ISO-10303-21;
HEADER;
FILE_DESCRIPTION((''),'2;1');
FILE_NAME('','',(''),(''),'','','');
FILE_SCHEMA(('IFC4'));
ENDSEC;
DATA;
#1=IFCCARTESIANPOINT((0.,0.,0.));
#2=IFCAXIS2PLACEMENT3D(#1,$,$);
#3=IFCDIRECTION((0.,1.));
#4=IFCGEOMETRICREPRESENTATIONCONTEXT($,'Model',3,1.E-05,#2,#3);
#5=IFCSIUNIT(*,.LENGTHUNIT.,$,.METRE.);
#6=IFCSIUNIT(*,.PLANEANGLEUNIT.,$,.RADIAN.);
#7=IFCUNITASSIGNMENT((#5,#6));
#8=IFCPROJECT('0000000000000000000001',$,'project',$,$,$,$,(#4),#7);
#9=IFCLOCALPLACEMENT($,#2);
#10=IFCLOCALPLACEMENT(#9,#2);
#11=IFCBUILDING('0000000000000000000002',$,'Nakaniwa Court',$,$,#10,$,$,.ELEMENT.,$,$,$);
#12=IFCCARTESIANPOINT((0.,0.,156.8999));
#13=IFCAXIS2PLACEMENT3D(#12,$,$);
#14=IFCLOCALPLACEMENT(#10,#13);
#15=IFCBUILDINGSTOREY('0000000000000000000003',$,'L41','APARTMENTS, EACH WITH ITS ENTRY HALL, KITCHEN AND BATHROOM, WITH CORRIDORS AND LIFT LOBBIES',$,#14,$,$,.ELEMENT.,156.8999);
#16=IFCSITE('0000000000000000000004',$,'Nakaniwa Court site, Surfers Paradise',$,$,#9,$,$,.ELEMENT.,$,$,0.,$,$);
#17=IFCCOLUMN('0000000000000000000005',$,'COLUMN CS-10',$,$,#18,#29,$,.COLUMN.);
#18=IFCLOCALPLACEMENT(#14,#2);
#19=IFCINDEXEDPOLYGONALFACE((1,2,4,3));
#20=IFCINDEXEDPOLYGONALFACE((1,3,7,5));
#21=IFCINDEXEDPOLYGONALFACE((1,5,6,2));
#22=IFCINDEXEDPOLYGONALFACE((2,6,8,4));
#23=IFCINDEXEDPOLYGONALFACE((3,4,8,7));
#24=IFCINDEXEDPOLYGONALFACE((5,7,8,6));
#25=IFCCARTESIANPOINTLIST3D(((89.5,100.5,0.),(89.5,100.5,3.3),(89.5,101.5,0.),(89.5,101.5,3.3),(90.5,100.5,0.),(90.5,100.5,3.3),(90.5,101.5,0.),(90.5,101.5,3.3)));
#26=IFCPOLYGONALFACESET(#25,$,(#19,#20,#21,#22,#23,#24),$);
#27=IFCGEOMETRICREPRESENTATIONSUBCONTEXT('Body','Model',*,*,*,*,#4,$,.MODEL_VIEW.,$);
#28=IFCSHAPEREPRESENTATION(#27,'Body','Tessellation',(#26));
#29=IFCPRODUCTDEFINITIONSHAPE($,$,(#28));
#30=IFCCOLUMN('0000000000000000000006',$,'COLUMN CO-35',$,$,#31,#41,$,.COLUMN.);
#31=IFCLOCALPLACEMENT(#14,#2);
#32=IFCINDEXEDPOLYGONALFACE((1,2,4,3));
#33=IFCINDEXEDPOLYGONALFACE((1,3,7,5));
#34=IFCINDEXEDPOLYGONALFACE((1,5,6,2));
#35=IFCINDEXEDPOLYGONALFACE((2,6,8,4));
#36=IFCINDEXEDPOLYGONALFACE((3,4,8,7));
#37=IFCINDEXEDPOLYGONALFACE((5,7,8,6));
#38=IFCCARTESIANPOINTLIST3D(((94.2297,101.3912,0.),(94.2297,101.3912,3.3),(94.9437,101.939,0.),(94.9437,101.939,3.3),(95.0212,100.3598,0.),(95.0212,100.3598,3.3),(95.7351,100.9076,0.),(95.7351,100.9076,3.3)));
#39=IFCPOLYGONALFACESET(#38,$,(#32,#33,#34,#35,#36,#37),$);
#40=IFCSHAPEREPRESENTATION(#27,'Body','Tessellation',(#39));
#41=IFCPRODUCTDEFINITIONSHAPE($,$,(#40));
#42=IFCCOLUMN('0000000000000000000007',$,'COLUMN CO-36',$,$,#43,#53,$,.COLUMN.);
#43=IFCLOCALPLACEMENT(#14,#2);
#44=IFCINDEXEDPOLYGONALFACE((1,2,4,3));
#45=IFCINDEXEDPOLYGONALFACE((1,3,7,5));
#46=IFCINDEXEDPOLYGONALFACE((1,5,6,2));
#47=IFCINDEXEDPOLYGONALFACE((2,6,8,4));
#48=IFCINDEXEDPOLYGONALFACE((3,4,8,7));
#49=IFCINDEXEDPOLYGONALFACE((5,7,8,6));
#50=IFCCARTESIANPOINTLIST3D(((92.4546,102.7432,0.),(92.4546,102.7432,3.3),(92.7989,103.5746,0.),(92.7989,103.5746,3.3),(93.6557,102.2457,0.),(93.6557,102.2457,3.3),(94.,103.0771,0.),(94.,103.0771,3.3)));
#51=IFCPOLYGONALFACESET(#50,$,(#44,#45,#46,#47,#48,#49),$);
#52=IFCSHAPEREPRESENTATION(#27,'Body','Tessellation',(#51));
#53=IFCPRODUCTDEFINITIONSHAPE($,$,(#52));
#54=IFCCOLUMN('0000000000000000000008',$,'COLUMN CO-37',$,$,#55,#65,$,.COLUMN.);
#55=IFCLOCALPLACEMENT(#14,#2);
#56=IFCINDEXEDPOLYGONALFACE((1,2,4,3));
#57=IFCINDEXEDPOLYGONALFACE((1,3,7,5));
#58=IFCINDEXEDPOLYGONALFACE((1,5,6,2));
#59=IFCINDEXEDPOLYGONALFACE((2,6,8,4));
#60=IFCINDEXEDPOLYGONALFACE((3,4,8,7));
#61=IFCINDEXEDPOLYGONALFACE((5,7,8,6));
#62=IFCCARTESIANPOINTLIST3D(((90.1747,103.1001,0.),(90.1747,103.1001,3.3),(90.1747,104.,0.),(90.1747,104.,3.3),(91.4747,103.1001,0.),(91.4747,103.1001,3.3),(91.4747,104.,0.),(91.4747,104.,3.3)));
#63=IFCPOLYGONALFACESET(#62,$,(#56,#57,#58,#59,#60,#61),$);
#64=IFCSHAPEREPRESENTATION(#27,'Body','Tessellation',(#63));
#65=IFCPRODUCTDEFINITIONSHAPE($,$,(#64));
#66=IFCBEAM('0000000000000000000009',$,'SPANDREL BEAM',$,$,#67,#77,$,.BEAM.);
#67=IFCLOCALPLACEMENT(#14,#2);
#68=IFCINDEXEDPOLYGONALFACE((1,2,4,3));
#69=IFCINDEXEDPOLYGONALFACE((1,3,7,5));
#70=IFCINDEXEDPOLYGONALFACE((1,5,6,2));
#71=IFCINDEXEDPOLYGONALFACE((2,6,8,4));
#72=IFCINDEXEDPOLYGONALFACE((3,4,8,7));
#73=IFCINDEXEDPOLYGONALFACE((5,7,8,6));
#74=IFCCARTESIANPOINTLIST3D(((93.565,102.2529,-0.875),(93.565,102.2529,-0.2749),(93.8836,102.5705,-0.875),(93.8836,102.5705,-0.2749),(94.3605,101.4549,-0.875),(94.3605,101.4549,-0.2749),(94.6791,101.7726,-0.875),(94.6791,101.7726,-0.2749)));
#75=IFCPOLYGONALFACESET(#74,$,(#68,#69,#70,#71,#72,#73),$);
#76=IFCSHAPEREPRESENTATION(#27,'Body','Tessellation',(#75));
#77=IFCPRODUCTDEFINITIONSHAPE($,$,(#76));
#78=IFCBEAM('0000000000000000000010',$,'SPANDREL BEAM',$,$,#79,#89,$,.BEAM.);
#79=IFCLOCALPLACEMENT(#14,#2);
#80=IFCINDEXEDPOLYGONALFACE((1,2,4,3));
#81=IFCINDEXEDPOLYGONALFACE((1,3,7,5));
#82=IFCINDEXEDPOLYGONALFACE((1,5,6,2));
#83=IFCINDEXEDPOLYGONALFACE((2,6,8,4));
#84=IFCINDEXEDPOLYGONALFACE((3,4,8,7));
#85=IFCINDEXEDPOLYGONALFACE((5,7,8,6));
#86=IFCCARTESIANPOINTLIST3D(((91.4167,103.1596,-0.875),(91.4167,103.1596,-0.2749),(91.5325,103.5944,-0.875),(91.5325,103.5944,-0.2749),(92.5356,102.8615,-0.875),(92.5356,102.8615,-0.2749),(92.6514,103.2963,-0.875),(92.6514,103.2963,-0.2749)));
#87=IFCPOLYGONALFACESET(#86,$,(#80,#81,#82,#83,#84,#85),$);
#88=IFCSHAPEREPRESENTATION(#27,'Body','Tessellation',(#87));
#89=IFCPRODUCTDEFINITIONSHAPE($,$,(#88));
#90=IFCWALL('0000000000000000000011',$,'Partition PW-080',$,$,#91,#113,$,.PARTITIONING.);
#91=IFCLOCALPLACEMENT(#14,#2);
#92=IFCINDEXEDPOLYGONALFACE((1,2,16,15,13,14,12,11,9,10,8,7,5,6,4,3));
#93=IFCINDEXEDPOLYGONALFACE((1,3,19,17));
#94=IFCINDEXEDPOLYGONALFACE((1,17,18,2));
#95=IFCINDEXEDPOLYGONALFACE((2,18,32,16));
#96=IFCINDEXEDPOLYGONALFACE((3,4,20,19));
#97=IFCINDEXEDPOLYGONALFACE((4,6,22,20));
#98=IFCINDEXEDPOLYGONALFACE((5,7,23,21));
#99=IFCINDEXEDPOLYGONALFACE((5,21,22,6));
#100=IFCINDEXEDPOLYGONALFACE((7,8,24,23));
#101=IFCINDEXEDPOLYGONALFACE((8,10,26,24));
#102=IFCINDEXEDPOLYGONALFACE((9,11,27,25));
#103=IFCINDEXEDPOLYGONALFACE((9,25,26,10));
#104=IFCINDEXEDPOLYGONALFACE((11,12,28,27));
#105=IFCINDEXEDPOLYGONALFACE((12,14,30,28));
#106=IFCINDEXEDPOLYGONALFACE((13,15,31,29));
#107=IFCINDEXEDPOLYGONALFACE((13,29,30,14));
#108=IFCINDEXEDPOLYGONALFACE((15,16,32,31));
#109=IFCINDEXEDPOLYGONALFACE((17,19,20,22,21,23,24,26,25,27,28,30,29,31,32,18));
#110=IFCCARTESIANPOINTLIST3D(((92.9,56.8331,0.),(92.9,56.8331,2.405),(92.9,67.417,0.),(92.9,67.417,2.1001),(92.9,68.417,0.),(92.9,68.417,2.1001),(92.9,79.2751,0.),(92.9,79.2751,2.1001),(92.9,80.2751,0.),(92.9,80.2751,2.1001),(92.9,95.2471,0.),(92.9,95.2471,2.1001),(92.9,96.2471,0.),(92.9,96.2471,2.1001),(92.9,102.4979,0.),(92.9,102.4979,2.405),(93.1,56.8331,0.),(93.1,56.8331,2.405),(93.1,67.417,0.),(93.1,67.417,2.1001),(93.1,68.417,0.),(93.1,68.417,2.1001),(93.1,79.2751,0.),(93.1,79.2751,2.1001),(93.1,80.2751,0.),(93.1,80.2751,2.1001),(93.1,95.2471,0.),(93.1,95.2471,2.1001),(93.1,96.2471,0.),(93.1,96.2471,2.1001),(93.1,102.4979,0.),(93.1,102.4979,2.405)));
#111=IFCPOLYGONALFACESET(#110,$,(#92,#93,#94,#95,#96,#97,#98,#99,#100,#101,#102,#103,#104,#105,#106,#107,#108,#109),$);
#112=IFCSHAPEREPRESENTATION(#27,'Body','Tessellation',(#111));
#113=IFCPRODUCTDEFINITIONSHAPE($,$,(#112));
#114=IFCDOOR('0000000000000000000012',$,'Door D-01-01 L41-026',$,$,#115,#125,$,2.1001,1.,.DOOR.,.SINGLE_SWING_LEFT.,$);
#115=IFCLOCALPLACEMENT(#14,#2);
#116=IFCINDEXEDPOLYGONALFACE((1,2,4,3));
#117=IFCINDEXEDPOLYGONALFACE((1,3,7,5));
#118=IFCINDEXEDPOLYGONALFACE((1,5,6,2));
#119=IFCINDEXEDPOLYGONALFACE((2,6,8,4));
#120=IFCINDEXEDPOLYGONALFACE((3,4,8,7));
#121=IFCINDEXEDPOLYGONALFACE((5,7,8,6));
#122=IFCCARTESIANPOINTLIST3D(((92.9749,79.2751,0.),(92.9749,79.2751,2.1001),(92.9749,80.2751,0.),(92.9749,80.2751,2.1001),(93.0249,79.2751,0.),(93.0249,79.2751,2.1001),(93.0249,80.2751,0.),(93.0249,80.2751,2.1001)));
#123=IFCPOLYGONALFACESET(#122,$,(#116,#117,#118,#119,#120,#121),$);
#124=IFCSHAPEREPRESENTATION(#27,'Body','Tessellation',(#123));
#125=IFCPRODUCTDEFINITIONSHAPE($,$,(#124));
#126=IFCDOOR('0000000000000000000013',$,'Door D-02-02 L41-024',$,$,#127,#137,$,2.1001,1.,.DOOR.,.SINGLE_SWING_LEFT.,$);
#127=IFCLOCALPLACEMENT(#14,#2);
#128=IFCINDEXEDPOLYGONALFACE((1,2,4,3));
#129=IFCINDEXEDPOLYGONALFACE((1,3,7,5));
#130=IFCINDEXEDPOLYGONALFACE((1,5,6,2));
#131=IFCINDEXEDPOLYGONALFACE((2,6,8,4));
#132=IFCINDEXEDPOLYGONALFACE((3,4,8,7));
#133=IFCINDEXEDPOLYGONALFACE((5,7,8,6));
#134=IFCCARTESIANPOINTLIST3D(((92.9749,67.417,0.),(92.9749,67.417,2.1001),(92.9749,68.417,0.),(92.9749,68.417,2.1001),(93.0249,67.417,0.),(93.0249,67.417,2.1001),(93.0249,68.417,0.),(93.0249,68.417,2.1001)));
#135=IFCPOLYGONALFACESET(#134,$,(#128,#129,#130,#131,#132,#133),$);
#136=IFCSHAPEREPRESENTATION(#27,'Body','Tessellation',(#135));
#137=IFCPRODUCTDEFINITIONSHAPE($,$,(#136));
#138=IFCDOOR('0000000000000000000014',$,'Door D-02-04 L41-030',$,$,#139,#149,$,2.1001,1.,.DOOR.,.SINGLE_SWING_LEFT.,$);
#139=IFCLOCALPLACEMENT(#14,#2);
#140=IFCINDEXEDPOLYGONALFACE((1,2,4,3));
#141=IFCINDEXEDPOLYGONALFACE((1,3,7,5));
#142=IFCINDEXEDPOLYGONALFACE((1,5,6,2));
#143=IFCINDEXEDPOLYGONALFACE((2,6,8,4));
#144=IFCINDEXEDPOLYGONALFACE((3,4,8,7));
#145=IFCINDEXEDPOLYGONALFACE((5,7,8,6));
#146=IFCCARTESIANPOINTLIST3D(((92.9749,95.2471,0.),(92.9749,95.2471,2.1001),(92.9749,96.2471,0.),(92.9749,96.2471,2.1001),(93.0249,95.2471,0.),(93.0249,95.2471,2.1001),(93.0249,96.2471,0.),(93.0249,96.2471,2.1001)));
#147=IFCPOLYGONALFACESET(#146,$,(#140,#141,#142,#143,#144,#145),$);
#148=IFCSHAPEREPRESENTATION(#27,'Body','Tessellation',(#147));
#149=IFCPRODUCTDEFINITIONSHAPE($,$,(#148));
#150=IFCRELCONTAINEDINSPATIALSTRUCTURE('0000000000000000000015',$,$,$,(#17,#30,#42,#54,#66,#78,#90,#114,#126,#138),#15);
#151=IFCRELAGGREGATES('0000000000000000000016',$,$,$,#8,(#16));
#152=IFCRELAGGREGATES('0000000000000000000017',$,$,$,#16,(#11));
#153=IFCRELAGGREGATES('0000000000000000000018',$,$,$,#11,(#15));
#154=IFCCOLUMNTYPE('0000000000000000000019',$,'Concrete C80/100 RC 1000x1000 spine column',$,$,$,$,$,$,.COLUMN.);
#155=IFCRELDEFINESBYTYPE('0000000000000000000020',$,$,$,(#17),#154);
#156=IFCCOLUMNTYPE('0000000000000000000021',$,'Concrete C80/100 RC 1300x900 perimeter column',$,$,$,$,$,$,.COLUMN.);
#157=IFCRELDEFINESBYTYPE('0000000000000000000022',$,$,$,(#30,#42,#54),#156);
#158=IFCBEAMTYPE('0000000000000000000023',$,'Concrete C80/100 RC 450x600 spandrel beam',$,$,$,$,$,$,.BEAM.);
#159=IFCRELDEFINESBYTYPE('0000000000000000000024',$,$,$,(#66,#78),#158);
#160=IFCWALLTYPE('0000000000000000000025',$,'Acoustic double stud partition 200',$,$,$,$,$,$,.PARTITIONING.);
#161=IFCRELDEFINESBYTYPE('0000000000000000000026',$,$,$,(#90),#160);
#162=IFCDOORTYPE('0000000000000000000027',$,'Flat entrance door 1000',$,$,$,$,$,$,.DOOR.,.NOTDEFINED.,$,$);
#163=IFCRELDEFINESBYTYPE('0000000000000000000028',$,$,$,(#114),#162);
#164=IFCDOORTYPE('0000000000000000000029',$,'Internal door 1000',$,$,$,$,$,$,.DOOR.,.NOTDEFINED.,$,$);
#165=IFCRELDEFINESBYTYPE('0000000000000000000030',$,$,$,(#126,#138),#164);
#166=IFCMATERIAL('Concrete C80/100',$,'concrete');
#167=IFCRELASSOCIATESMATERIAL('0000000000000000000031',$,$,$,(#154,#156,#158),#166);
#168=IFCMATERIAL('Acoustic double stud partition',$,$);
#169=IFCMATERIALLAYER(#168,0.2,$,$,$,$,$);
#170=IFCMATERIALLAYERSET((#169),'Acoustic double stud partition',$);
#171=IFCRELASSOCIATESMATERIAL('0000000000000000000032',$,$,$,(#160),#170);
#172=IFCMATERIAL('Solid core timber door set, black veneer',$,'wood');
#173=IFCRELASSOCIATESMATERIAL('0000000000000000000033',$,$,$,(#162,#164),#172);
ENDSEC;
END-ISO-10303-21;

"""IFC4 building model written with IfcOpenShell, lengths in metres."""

from ifc_helpers import new_model, si_unit, direction, frame, frame_2d, origin, origin_2d, place, context, subcontext, project, spatial, rectangle, extrude, material, layer, layer_set, material_profile, profile_set, type_object, element, fill, save


model = new_model("IFC4")

# Units and contexts
model_context = context("Model", 3, precision=1e-05, world=origin(), true_north=direction((0.0, 1.0)))
body_context = subcontext(model_context, "Body", "Model", "MODEL_VIEW")
ifc_project = project(units=[si_unit("LENGTHUNIT", "METRE"), si_unit("PLANEANGLEUNIT", "RADIAN")], contexts=[model_context])

# Site, building, storey
site_placement = place(None, origin())
site = spatial("IfcSite", under=ifc_project, at=site_placement, Name="Nakaniwa Court site, Surfers Paradise", CompositionType="ELEMENT", RefElevation=0.0)
building_placement = place(site_placement, origin())
building = spatial("IfcBuilding", under=site, at=building_placement, Name="Nakaniwa Court", CompositionType="ELEMENT")
storey_placement = place(building_placement, frame((0.0, 0.0, 156.8999)))
storey = spatial("IfcBuildingStorey", under=building, at=storey_placement, Name="L41", Description="APARTMENTS, EACH WITH ITS ENTRY HALL, KITCHEN AND BATHROOM, WITH CORRIDORS AND LIFT LOBBIES", CompositionType="ELEMENT", Elevation=156.8999)

# Columns
ifc_material_1 = material(Name="Concrete C80/100", Category="concrete")
ifc_material_profile_1 = material_profile(ifc_material_1, rectangle(XDim=1.0, YDim=1.0, at=origin_2d()), Name="Concrete C80/100 RC 1000x1000 spine column")
ifc_profile_set_1 = profile_set([ifc_material_profile_1], Name="Concrete C80/100")
column_type_1 = type_object("IfcColumnType", Name="Concrete C80/100 RC 1000x1000 spine column", PredefinedType="COLUMN", material=ifc_profile_set_1)
column_placement = place(storey_placement, frame((90.0, 101.0, 0.0), z_axis=(0.0, 0.0, 1.0), x_axis=(0.0, 1.0, 0.0)))
element("IfcColumn", 1, at=column_placement, inside=storey, type_object=column_type_1, Name="COLUMN CS-10", PredefinedType="COLUMN", context=body_context, shape_type="SweptSolid", body=[
    extrude(rectangle(XDim=1.0, YDim=1.0, at=origin_2d()), origin(), (0.0, 0.0, 1.0), 3.3),
])
ifc_material_profile_2 = material_profile(ifc_material_1, rectangle(XDim=1.3, YDim=0.8999, at=origin_2d()), Name="Concrete C80/100 RC 1300x900 perimeter column")
ifc_profile_set_2 = profile_set([ifc_material_profile_2], Name="Concrete C80/100")
column_type_2 = type_object("IfcColumnType", Name="Concrete C80/100 RC 1300x900 perimeter column", PredefinedType="COLUMN", material=ifc_profile_set_2)
for number, where, z_axis, x_axis, name in (
    (2, (94.9824, 101.1494, 0.0), (0.0, 0.0, 1.0), (-0.608761, 0.793353, 0.0), "COLUMN CO-35"),
    (3, (93.2273, 102.9102, 0.0), (0.0, 0.0, 1.0), (-0.92388, 0.382683, 0.0), "COLUMN CO-36"),
    (4, (90.8247, 103.55, 0.0), (0.0, 0.0, 1.0), (-1.0, 0.0, 0.0), "COLUMN CO-37"),
):
    element("IfcColumn", number, at=place(storey_placement, frame(where, z_axis=z_axis, x_axis=x_axis)), inside=storey, type_object=column_type_2, Name=name, PredefinedType="COLUMN", context=body_context, shape_type="SweptSolid", body=[
        extrude(rectangle(XDim=1.3, YDim=0.8999, at=origin_2d()), origin(), (0.0, 0.0, 1.0), 3.3),
    ])

# Beams
ifc_material_profile_3 = material_profile(ifc_material_1, rectangle(XDim=0.45, YDim=0.6001, at=origin_2d()), Name="Concrete C80/100 RC 450x600 spandrel beam")
ifc_profile_set_3 = profile_set([ifc_material_profile_3], Name="Concrete C80/100")
beam_type = type_object("IfcBeamType", Name="Concrete C80/100 RC 450x600 spandrel beam", PredefinedType="BEAM", material=ifc_profile_set_3)
beam_1_placement = place(storey_placement, frame((94.5198, 101.6138, -0.575), z_axis=(-0.706022, 0.708189, 0.0), x_axis=(-0.708189, -0.706022, 0.0)))
element("IfcBeam", 5, at=beam_1_placement, inside=storey, type_object=beam_type, Name="SPANDREL BEAM", PredefinedType="BEAM", context=body_context, shape_type="SweptSolid", body=[
    extrude(rectangle(XDim=0.45, YDim=0.6001, at=origin_2d()), origin(), (0.0, 0.0, 1.0), 1.1267),
])
beam_2_placement = place(storey_placement, frame((92.5935, 103.0789, -0.575), z_axis=(-0.966294, 0.25744, 0.0), x_axis=(-0.25744, -0.966294, 0.0)))
element("IfcBeam", 6, at=beam_2_placement, inside=storey, type_object=beam_type, Name="SPANDREL BEAM", PredefinedType="BEAM", context=body_context, shape_type="SweptSolid", body=[
    extrude(rectangle(XDim=0.45, YDim=0.6001, at=origin_2d()), origin(), (0.0, 0.0, 1.0), 1.158),
])

# Wall, openings, doors
ifc_material_2 = material(Name="Acoustic double stud partition")
ifc_layer_1 = layer(ifc_material_2, 0.2)
ifc_layer_set_1 = layer_set([ifc_layer_1], Name="Acoustic double stud partition")
wall_type_1 = type_object("IfcWallType", Name="Acoustic double stud partition 200", PredefinedType="PARTITIONING", material=ifc_layer_set_1)
wall_1_placement = place(storey_placement, frame((93.0, 102.498, 0.0), z_axis=(0.0, 0.0, 1.0), x_axis=(0.0, -1.0, 0.0)))
wall_1 = element("IfcWall", 7, at=wall_1_placement, inside=storey, type_object=wall_type_1, Name="Partition PW-080", PredefinedType="PARTITIONING", context=body_context, shape_type="SweptSolid", body=[
    extrude(rectangle(XDim=45.6648, YDim=0.2, at=frame_2d((22.8325, 0.0))), origin(), (0.0, 0.0, 1.0), 2.405),
])
opening_1_placement = place(wall_1_placement, frame((34.0811, 0.0, 0.0)))
opening_1 = element("IfcOpeningElement", 8, at=opening_1_placement, cuts=wall_1, PredefinedType="OPENING", context=body_context, shape_type="SweptSolid", body=[
    extrude(rectangle(XDim=1.0, YDim=2.1001, at=frame_2d((0.5, 1.05))), frame((0.0, 0.1099, 0.0), z_axis=(0.0, -1.0, 0.0), x_axis=(1.0, 0.0, 0.0)), (0.0, 0.0, 1.0), 0.22),
])
opening_2_placement = place(wall_1_placement, frame((22.2229, 0.0, 0.0)))
opening_2 = element("IfcOpeningElement", 9, at=opening_2_placement, cuts=wall_1, PredefinedType="OPENING", context=body_context, shape_type="SweptSolid", body=[
    extrude(rectangle(XDim=1.0, YDim=2.1001, at=frame_2d((0.5, 1.05))), frame((0.0, 0.1099, 0.0), z_axis=(0.0, -1.0, 0.0), x_axis=(1.0, 0.0, 0.0)), (0.0, 0.0, 1.0), 0.22),
])
opening_3_placement = place(wall_1_placement, frame((6.251, 0.0, 0.0)))
opening_3 = element("IfcOpeningElement", 10, at=opening_3_placement, cuts=wall_1, PredefinedType="OPENING", context=body_context, shape_type="SweptSolid", body=[
    extrude(rectangle(XDim=1.0, YDim=2.1001, at=frame_2d((0.5, 1.05))), frame((0.0, 0.1099, 0.0), z_axis=(0.0, -1.0, 0.0), x_axis=(1.0, 0.0, 0.0)), (0.0, 0.0, 1.0), 0.22),
])
ifc_material_3 = material(Name="Solid core timber door set, black veneer", Category="wood")
door_type_1 = type_object("IfcDoorType", Name="Flat entrance door 1000", OperationType="NOTDEFINED", PredefinedType="DOOR", material=ifc_material_3)
door_1_placement = place(opening_2_placement, origin())
door_1 = element("IfcDoor", 11, at=door_1_placement, inside=storey, type_object=door_type_1, Name="Door D-01-01 L41-026", OperationType="SINGLE_SWING_LEFT", OverallHeight=2.1001, OverallWidth=1.0, PredefinedType="DOOR", context=body_context, shape_type="SweptSolid", body=[
    extrude(rectangle(XDim=1.0, YDim=2.1001, at=frame_2d((0.5, 1.05))), frame((0.0, 0.0249, 0.0), z_axis=(0.0, -1.0, 0.0), x_axis=(1.0, 0.0, 0.0)), (0.0, 0.0, 1.0), 0.05),
])
fill(opening_2, door_1)
door_type_2 = type_object("IfcDoorType", Name="Internal door 1000", OperationType="NOTDEFINED", PredefinedType="DOOR", material=ifc_material_3)
door_2_placement = place(opening_1_placement, origin())
door_2 = element("IfcDoor", 12, at=door_2_placement, inside=storey, type_object=door_type_2, Name="Door D-02-02 L41-024", OperationType="SINGLE_SWING_LEFT", OverallHeight=2.1001, OverallWidth=1.0, PredefinedType="DOOR", context=body_context, shape_type="SweptSolid", body=[
    extrude(rectangle(XDim=1.0, YDim=2.1001, at=frame_2d((0.5, 1.05))), frame((0.0, 0.0249, 0.0), z_axis=(0.0, -1.0, 0.0), x_axis=(1.0, 0.0, 0.0)), (0.0, 0.0, 1.0), 0.05),
])
fill(opening_1, door_2)
door_3_placement = place(opening_3_placement, origin())
door_3 = element("IfcDoor", 13, at=door_3_placement, inside=storey, type_object=door_type_2, Name="Door D-02-04 L41-030", OperationType="SINGLE_SWING_LEFT", OverallHeight=2.1001, OverallWidth=1.0, PredefinedType="DOOR", context=body_context, shape_type="SweptSolid", body=[
    extrude(rectangle(XDim=1.0, YDim=2.1001, at=frame_2d((0.5, 1.05))), frame((0.0, 0.0249, 0.0), z_axis=(0.0, -1.0, 0.0), x_axis=(1.0, 0.0, 0.0)), (0.0, 0.0, 1.0), 0.05),
])
fill(opening_3, door_3)

save(model, "model.ifc")
